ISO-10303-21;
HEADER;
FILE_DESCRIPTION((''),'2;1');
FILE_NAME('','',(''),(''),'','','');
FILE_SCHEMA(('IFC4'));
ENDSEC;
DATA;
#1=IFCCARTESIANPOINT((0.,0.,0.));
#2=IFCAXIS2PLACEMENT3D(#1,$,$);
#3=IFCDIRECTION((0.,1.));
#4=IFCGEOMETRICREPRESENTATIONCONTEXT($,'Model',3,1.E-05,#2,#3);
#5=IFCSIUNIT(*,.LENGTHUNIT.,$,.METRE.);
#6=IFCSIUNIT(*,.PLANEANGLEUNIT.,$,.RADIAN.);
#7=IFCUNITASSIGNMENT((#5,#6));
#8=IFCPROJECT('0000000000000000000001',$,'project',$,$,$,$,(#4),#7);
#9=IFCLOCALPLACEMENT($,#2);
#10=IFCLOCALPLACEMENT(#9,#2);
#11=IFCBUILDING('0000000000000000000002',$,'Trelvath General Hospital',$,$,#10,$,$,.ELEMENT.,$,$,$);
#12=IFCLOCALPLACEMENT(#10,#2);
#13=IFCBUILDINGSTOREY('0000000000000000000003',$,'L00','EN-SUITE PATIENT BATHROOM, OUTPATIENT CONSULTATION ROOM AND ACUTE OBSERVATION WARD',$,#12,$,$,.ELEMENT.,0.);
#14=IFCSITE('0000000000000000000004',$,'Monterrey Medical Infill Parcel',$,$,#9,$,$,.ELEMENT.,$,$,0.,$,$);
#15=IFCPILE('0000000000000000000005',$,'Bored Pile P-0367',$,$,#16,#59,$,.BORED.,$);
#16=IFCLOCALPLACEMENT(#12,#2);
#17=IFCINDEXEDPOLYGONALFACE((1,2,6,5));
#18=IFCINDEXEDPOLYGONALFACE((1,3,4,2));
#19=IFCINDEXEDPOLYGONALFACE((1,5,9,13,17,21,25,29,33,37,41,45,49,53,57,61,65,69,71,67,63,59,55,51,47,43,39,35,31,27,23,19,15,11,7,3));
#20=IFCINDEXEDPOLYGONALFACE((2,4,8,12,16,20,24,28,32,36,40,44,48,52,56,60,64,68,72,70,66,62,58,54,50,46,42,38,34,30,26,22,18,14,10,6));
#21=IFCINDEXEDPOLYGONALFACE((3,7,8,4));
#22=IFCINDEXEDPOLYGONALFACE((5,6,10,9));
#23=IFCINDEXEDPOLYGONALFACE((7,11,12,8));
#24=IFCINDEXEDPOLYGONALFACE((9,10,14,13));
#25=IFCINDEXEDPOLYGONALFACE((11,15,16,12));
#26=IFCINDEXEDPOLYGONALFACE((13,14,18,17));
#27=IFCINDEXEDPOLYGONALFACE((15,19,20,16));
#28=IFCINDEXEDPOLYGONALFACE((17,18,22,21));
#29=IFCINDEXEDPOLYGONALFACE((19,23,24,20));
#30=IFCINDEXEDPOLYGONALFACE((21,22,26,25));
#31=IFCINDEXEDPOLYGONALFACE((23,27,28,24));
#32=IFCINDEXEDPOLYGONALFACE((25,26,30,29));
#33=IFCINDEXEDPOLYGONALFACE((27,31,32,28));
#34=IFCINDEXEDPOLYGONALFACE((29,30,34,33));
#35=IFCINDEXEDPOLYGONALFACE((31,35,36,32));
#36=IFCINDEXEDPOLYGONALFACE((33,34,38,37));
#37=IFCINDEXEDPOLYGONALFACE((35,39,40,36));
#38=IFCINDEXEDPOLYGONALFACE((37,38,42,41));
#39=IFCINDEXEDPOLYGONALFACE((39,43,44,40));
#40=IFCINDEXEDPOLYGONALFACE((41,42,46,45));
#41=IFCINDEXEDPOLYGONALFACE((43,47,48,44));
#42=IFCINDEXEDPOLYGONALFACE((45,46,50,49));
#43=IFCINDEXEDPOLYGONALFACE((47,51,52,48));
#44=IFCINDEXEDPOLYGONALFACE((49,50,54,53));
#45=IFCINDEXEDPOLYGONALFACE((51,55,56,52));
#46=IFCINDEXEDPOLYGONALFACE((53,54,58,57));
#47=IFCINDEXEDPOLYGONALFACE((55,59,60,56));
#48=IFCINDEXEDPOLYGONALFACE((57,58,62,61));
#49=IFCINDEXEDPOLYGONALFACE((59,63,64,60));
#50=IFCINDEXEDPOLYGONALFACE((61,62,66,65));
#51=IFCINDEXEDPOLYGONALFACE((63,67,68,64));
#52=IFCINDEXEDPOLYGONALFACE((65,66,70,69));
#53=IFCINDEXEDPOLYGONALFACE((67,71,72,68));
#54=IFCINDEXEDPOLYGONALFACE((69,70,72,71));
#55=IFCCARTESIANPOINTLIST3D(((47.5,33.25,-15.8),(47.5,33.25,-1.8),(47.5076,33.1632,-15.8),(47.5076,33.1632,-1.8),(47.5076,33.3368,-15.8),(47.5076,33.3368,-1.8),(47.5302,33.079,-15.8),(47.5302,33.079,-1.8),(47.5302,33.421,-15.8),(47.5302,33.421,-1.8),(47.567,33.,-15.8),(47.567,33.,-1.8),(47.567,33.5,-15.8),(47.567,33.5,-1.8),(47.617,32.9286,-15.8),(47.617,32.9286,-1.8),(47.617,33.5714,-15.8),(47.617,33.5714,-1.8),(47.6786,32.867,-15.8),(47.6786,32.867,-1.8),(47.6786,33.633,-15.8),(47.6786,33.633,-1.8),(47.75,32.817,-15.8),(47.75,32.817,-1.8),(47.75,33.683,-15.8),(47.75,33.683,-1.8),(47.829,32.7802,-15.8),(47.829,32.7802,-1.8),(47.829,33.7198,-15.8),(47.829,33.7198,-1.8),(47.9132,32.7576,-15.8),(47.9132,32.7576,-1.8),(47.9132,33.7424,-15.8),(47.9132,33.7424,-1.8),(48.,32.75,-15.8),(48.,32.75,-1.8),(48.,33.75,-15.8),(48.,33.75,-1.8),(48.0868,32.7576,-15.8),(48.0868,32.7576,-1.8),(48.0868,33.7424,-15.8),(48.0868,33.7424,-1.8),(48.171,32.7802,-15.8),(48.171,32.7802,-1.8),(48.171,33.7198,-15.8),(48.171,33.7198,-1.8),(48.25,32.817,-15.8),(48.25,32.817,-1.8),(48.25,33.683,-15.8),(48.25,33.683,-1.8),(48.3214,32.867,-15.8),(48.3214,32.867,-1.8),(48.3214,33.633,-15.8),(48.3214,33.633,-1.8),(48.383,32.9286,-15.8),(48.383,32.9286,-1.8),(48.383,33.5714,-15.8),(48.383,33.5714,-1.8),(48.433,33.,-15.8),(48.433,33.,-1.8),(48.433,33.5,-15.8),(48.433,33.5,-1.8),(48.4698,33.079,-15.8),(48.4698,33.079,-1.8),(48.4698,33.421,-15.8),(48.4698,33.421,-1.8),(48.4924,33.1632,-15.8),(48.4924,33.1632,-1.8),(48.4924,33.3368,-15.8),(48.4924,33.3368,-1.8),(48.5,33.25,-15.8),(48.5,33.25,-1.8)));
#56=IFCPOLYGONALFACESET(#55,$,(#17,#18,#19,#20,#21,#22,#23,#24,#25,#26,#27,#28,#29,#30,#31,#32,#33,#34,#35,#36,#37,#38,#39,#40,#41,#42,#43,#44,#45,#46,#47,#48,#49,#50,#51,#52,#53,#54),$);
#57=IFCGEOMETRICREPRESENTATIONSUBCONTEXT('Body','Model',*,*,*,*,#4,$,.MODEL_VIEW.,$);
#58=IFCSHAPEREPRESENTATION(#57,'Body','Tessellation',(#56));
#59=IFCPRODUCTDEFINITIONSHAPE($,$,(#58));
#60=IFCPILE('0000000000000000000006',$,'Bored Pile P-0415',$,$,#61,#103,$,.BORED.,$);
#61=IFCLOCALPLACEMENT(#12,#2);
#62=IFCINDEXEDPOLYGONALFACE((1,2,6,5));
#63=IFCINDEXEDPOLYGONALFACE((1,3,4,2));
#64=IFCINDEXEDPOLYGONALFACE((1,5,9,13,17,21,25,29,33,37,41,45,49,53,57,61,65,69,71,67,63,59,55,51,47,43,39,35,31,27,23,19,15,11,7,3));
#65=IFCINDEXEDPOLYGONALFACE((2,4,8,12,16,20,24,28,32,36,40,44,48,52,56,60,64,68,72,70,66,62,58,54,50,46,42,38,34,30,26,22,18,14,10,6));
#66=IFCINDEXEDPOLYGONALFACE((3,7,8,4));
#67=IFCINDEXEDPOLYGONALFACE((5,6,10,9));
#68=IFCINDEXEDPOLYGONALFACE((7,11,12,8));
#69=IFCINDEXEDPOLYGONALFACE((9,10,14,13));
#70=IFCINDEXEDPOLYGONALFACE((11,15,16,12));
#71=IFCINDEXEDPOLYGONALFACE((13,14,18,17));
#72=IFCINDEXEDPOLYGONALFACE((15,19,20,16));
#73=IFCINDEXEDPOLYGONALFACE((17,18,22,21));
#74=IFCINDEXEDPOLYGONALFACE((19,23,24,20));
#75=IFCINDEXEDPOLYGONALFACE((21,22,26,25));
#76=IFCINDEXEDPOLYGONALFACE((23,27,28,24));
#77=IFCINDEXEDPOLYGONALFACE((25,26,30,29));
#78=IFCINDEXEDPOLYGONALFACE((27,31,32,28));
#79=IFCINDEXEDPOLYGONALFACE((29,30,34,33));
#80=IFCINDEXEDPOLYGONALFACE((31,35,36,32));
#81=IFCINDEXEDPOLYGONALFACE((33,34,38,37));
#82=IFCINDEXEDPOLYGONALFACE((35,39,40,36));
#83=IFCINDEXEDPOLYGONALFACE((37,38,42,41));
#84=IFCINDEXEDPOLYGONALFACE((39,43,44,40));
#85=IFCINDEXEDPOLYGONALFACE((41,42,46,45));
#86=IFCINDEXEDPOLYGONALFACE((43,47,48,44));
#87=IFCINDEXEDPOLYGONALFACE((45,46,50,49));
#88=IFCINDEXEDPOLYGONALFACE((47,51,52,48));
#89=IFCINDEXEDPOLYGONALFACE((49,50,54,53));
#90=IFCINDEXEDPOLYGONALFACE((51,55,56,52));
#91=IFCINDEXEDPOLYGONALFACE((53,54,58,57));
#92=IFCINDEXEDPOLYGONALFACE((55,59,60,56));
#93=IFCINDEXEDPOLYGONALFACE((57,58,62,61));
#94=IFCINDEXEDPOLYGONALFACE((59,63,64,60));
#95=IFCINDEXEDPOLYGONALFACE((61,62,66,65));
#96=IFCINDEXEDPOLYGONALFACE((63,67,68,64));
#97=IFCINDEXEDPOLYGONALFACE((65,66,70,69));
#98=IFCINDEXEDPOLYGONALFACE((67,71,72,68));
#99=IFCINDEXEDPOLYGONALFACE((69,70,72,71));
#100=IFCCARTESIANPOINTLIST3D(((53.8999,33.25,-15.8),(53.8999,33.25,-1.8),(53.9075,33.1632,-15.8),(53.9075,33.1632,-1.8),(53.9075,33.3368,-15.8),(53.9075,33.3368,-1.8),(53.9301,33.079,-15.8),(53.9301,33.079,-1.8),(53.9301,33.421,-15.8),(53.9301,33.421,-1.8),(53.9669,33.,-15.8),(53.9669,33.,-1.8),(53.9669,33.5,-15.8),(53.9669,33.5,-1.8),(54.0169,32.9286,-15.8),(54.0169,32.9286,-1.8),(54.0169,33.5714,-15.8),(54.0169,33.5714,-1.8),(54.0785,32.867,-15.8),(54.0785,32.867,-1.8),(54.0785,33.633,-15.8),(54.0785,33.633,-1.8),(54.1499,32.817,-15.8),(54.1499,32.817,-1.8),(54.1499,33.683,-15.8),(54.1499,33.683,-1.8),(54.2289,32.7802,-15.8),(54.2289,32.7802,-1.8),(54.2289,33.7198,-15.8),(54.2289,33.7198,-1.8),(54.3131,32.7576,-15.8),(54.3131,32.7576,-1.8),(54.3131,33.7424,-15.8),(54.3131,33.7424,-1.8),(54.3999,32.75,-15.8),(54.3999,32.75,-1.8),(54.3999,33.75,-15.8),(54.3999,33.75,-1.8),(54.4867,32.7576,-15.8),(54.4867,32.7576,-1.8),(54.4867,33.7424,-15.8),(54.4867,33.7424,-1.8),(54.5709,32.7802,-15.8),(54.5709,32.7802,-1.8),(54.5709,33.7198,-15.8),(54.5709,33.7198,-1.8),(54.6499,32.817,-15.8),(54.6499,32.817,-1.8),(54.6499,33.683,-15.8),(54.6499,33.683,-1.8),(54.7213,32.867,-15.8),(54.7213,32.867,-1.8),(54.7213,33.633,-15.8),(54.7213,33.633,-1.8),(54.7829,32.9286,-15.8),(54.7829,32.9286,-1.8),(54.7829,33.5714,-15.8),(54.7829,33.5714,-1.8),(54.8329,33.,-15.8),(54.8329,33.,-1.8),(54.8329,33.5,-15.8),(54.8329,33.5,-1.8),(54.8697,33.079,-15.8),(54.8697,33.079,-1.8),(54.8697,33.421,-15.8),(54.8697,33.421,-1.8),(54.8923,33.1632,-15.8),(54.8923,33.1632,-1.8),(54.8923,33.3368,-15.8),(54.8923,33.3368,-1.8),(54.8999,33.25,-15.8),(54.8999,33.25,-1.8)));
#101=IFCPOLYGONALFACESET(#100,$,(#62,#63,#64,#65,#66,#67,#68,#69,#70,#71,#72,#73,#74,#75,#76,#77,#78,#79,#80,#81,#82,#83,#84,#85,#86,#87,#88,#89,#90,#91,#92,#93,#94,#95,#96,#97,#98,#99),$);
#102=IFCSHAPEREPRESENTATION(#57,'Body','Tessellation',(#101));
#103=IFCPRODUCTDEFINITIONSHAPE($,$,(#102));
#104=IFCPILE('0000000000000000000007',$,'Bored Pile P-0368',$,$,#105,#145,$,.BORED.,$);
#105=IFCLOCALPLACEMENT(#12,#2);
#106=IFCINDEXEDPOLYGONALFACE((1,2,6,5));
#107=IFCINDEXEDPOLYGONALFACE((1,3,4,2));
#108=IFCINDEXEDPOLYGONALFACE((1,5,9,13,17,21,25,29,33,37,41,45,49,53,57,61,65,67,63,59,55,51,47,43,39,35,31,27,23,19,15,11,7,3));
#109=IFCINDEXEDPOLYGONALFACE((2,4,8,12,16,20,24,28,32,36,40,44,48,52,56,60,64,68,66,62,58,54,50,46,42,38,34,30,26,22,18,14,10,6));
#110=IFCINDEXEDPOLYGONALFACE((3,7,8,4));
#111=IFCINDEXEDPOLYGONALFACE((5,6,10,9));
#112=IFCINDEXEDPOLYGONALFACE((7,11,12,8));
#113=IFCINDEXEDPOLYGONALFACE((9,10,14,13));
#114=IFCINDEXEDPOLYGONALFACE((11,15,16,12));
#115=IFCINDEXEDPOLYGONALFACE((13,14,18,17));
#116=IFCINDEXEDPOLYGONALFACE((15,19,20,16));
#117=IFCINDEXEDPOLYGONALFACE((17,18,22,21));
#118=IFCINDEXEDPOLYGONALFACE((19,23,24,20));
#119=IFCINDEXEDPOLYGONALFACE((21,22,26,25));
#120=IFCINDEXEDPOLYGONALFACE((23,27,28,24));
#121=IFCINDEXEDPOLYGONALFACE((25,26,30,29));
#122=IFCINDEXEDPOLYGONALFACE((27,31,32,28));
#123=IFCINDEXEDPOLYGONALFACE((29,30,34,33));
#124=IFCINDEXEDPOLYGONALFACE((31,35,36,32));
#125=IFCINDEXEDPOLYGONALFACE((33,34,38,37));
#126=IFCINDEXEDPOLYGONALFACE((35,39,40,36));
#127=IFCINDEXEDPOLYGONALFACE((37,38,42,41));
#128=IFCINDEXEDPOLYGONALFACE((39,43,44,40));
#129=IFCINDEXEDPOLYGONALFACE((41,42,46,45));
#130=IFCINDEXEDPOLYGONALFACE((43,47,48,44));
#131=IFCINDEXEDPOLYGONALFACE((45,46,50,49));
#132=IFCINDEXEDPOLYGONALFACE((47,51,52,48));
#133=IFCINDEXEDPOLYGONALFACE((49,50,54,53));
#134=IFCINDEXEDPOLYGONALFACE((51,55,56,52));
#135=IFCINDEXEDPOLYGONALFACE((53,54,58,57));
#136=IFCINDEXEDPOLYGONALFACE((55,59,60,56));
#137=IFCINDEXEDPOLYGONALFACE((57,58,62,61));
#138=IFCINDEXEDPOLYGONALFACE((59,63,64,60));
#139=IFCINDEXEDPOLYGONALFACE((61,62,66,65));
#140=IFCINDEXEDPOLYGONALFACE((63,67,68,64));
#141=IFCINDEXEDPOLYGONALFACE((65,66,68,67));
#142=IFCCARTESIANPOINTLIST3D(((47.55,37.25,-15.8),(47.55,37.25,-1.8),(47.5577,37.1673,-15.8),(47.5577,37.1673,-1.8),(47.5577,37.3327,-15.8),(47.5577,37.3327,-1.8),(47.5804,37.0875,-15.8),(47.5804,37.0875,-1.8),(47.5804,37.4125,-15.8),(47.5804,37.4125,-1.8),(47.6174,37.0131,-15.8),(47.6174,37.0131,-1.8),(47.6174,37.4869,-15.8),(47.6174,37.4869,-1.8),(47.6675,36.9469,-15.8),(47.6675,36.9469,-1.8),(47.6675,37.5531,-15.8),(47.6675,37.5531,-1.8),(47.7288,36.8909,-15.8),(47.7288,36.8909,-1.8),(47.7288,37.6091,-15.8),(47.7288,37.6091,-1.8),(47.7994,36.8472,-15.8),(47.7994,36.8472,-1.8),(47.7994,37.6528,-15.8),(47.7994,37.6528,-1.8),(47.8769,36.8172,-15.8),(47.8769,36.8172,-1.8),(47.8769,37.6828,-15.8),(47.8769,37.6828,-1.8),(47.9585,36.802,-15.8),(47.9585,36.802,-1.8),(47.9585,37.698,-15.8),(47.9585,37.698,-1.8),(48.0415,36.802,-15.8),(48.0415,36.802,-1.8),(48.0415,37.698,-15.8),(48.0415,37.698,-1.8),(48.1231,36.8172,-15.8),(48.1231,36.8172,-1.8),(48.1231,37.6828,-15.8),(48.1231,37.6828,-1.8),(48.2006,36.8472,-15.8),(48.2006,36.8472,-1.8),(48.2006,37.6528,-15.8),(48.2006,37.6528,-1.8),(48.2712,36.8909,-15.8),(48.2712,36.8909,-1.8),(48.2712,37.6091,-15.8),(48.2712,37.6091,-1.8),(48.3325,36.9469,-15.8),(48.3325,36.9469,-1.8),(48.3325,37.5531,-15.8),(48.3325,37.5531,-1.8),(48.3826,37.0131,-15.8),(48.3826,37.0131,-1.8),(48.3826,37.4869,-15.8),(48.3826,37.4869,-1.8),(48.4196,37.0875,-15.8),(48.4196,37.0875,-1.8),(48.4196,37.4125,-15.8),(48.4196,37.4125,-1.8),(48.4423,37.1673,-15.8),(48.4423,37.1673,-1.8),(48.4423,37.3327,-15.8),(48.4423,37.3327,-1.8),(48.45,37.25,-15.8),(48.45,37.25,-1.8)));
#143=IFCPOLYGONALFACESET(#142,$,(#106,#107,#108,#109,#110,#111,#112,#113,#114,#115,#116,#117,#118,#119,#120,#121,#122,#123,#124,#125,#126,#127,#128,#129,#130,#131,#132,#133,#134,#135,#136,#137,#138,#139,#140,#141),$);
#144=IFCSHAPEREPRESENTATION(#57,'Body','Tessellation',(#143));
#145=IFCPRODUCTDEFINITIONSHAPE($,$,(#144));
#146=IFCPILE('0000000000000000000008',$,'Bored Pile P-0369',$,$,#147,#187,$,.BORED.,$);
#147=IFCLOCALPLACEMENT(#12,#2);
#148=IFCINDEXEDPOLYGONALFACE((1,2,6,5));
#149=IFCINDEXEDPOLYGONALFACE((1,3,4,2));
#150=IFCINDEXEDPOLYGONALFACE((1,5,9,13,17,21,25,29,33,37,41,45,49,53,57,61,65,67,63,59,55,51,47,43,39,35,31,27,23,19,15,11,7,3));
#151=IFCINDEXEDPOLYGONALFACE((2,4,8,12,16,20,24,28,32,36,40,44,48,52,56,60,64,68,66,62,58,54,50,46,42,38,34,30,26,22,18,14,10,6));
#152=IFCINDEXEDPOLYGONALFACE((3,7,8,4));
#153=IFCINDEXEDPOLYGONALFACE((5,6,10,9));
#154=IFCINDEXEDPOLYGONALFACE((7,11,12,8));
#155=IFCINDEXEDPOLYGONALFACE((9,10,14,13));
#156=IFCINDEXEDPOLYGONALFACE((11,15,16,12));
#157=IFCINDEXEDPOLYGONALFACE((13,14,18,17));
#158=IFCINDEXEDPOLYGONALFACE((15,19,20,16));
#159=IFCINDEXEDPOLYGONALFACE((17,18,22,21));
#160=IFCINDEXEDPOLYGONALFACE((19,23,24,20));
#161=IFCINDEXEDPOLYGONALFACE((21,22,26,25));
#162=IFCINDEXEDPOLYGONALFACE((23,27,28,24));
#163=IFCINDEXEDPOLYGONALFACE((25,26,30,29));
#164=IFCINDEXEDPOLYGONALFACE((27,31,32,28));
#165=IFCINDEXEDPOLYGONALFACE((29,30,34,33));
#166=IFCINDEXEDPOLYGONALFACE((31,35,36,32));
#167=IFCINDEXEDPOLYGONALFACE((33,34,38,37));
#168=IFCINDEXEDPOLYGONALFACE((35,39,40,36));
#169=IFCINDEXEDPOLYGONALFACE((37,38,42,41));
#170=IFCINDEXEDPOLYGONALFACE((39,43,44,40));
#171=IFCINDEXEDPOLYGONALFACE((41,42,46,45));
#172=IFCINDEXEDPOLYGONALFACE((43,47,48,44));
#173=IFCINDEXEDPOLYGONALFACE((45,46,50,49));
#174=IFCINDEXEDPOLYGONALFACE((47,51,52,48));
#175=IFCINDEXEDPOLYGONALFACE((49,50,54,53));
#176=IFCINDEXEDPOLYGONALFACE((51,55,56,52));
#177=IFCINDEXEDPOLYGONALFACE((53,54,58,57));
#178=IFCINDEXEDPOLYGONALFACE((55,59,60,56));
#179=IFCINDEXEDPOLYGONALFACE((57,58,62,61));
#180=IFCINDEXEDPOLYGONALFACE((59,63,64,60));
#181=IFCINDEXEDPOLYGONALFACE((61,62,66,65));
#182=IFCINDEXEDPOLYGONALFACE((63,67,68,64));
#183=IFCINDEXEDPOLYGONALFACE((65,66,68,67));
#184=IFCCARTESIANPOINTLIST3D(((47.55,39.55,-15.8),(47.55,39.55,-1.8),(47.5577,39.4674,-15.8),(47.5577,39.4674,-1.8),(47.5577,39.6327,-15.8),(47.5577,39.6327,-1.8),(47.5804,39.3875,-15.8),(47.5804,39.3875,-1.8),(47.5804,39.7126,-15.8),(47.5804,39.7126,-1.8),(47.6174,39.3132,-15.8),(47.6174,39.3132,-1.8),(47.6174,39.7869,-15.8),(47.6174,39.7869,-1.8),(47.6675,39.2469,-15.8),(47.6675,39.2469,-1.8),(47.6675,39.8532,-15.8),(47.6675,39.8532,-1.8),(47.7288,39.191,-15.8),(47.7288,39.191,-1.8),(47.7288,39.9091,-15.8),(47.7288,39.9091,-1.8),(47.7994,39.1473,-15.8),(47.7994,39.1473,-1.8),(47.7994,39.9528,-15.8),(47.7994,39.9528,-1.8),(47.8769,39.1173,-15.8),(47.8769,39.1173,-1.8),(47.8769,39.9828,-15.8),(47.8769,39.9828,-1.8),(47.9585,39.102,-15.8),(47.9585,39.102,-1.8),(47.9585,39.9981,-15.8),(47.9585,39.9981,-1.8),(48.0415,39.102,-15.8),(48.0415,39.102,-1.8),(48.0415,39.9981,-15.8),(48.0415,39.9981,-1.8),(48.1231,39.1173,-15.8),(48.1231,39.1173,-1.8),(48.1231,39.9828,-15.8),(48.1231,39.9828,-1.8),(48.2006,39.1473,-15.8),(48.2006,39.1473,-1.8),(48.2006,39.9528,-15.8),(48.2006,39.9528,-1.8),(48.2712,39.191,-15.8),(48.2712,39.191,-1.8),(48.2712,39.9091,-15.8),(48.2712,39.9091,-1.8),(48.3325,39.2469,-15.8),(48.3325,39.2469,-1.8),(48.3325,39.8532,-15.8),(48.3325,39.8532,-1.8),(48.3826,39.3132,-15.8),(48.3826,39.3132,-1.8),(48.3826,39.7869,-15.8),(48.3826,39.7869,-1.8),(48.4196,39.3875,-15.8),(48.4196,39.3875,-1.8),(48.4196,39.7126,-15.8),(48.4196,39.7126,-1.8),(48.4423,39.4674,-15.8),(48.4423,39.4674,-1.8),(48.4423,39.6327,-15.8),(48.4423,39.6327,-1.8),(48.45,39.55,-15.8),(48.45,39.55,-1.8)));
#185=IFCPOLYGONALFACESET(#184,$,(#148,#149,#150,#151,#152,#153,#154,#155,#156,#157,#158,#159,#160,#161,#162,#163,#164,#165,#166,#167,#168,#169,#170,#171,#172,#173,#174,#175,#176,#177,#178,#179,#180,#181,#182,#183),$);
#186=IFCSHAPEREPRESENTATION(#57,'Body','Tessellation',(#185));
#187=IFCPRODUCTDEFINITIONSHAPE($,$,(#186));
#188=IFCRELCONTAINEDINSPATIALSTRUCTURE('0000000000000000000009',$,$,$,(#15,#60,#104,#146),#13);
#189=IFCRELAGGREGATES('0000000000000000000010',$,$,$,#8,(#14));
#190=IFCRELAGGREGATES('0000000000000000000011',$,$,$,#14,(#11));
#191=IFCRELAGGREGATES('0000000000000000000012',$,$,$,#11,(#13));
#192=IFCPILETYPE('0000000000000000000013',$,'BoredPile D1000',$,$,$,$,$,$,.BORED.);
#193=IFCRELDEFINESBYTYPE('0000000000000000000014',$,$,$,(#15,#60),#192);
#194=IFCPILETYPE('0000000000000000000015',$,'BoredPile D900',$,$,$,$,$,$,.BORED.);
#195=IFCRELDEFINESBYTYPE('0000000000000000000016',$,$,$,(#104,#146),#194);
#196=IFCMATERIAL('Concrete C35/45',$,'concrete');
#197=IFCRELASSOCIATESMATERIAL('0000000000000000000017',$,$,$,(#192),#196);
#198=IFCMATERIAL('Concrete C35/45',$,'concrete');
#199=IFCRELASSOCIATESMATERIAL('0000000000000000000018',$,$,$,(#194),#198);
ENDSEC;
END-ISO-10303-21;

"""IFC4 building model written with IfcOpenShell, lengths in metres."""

from ifc_helpers import new_model, si_unit, direction, frame, origin, origin_2d, place, context, subcontext, project, spatial, circle, extrude, material, material_profile, profile_set, type_object, element, save


model = new_model("IFC4")

# Units and contexts
model_context = context("Model", 3, precision=1e-05, world=origin(), true_north=direction((0.0, 1.0)))
body_context = subcontext(model_context, "Body", "Model", "MODEL_VIEW")
ifc_project = project(units=[si_unit("LENGTHUNIT", "METRE"), si_unit("PLANEANGLEUNIT", "RADIAN")], contexts=[model_context])

# Site, building, storey
site_placement = place(None, origin())
site = spatial("IfcSite", under=ifc_project, at=site_placement, Name="Monterrey Medical Infill Parcel", CompositionType="ELEMENT", RefElevation=0.0)
building_placement = place(site_placement, origin())
building = spatial("IfcBuilding", under=site, at=building_placement, Name="Trelvath General Hospital", CompositionType="ELEMENT")
storey_placement = place(building_placement, origin())
storey = spatial("IfcBuildingStorey", under=building, at=storey_placement, Name="L00", Description="EN-SUITE PATIENT BATHROOM, OUTPATIENT CONSULTATION ROOM AND ACUTE OBSERVATION WARD", CompositionType="ELEMENT", Elevation=0.0)

# Piles
ifc_material_1 = material(Name="Concrete C35/45", Category="concrete")
ifc_material_profile_1 = material_profile(ifc_material_1, circle(Radius=0.5, at=origin_2d()), Name="PILE1000")
ifc_profile_set_1 = profile_set([ifc_material_profile_1], Name="Concrete C35/45")
pile_type_1 = type_object("IfcPileType", Name="BoredPile D1000", PredefinedType="BORED", material=ifc_profile_set_1)
for number, where, z_axis, x_axis, name in (
    (1, (48.0, 33.25, -1.8), (0.0, 0.0, -1.0), (1.0, 0.0, 0.0), "Bored Pile P-0367"),
    (2, (54.3999, 33.25, -1.8), (0.0, 0.0, -1.0), (1.0, 0.0, 0.0), "Bored Pile P-0415"),
):
    element("IfcPile", number, at=place(storey_placement, frame(where, z_axis=z_axis, x_axis=x_axis)), inside=storey, type_object=pile_type_1, Name=name, PredefinedType="BORED", context=body_context, shape_type="SweptSolid", body=[
        extrude(circle(Radius=0.5, at=origin_2d()), origin(), (0.0, 0.0, 1.0), 14.0),
    ])
ifc_material_2 = material(Name="Concrete C35/45", Category="concrete")
ifc_material_profile_2 = material_profile(ifc_material_2, circle(Radius=0.45, at=origin_2d()), Name="PILE900")
ifc_profile_set_2 = profile_set([ifc_material_profile_2], Name="Concrete C35/45")
pile_type_2 = type_object("IfcPileType", Name="BoredPile D900", PredefinedType="BORED", material=ifc_profile_set_2)
for number, where, z_axis, x_axis, name in (
    (3, (48.0, 37.25, -1.8), (0.0, 0.0, -1.0), (1.0, 0.0, 0.0), "Bored Pile P-0368"),
    (4, (48.0, 39.55, -1.8), (0.0, 0.0, -1.0), (1.0, 0.0, 0.0), "Bored Pile P-0369"),
):
    element("IfcPile", number, at=place(storey_placement, frame(where, z_axis=z_axis, x_axis=x_axis)), inside=storey, type_object=pile_type_2, Name=name, PredefinedType="BORED", context=body_context, shape_type="SweptSolid", body=[
        extrude(circle(Radius=0.45, at=origin_2d()), origin(), (0.0, 0.0, 1.0), 14.0),
    ])

save(model, "model.ifc")
